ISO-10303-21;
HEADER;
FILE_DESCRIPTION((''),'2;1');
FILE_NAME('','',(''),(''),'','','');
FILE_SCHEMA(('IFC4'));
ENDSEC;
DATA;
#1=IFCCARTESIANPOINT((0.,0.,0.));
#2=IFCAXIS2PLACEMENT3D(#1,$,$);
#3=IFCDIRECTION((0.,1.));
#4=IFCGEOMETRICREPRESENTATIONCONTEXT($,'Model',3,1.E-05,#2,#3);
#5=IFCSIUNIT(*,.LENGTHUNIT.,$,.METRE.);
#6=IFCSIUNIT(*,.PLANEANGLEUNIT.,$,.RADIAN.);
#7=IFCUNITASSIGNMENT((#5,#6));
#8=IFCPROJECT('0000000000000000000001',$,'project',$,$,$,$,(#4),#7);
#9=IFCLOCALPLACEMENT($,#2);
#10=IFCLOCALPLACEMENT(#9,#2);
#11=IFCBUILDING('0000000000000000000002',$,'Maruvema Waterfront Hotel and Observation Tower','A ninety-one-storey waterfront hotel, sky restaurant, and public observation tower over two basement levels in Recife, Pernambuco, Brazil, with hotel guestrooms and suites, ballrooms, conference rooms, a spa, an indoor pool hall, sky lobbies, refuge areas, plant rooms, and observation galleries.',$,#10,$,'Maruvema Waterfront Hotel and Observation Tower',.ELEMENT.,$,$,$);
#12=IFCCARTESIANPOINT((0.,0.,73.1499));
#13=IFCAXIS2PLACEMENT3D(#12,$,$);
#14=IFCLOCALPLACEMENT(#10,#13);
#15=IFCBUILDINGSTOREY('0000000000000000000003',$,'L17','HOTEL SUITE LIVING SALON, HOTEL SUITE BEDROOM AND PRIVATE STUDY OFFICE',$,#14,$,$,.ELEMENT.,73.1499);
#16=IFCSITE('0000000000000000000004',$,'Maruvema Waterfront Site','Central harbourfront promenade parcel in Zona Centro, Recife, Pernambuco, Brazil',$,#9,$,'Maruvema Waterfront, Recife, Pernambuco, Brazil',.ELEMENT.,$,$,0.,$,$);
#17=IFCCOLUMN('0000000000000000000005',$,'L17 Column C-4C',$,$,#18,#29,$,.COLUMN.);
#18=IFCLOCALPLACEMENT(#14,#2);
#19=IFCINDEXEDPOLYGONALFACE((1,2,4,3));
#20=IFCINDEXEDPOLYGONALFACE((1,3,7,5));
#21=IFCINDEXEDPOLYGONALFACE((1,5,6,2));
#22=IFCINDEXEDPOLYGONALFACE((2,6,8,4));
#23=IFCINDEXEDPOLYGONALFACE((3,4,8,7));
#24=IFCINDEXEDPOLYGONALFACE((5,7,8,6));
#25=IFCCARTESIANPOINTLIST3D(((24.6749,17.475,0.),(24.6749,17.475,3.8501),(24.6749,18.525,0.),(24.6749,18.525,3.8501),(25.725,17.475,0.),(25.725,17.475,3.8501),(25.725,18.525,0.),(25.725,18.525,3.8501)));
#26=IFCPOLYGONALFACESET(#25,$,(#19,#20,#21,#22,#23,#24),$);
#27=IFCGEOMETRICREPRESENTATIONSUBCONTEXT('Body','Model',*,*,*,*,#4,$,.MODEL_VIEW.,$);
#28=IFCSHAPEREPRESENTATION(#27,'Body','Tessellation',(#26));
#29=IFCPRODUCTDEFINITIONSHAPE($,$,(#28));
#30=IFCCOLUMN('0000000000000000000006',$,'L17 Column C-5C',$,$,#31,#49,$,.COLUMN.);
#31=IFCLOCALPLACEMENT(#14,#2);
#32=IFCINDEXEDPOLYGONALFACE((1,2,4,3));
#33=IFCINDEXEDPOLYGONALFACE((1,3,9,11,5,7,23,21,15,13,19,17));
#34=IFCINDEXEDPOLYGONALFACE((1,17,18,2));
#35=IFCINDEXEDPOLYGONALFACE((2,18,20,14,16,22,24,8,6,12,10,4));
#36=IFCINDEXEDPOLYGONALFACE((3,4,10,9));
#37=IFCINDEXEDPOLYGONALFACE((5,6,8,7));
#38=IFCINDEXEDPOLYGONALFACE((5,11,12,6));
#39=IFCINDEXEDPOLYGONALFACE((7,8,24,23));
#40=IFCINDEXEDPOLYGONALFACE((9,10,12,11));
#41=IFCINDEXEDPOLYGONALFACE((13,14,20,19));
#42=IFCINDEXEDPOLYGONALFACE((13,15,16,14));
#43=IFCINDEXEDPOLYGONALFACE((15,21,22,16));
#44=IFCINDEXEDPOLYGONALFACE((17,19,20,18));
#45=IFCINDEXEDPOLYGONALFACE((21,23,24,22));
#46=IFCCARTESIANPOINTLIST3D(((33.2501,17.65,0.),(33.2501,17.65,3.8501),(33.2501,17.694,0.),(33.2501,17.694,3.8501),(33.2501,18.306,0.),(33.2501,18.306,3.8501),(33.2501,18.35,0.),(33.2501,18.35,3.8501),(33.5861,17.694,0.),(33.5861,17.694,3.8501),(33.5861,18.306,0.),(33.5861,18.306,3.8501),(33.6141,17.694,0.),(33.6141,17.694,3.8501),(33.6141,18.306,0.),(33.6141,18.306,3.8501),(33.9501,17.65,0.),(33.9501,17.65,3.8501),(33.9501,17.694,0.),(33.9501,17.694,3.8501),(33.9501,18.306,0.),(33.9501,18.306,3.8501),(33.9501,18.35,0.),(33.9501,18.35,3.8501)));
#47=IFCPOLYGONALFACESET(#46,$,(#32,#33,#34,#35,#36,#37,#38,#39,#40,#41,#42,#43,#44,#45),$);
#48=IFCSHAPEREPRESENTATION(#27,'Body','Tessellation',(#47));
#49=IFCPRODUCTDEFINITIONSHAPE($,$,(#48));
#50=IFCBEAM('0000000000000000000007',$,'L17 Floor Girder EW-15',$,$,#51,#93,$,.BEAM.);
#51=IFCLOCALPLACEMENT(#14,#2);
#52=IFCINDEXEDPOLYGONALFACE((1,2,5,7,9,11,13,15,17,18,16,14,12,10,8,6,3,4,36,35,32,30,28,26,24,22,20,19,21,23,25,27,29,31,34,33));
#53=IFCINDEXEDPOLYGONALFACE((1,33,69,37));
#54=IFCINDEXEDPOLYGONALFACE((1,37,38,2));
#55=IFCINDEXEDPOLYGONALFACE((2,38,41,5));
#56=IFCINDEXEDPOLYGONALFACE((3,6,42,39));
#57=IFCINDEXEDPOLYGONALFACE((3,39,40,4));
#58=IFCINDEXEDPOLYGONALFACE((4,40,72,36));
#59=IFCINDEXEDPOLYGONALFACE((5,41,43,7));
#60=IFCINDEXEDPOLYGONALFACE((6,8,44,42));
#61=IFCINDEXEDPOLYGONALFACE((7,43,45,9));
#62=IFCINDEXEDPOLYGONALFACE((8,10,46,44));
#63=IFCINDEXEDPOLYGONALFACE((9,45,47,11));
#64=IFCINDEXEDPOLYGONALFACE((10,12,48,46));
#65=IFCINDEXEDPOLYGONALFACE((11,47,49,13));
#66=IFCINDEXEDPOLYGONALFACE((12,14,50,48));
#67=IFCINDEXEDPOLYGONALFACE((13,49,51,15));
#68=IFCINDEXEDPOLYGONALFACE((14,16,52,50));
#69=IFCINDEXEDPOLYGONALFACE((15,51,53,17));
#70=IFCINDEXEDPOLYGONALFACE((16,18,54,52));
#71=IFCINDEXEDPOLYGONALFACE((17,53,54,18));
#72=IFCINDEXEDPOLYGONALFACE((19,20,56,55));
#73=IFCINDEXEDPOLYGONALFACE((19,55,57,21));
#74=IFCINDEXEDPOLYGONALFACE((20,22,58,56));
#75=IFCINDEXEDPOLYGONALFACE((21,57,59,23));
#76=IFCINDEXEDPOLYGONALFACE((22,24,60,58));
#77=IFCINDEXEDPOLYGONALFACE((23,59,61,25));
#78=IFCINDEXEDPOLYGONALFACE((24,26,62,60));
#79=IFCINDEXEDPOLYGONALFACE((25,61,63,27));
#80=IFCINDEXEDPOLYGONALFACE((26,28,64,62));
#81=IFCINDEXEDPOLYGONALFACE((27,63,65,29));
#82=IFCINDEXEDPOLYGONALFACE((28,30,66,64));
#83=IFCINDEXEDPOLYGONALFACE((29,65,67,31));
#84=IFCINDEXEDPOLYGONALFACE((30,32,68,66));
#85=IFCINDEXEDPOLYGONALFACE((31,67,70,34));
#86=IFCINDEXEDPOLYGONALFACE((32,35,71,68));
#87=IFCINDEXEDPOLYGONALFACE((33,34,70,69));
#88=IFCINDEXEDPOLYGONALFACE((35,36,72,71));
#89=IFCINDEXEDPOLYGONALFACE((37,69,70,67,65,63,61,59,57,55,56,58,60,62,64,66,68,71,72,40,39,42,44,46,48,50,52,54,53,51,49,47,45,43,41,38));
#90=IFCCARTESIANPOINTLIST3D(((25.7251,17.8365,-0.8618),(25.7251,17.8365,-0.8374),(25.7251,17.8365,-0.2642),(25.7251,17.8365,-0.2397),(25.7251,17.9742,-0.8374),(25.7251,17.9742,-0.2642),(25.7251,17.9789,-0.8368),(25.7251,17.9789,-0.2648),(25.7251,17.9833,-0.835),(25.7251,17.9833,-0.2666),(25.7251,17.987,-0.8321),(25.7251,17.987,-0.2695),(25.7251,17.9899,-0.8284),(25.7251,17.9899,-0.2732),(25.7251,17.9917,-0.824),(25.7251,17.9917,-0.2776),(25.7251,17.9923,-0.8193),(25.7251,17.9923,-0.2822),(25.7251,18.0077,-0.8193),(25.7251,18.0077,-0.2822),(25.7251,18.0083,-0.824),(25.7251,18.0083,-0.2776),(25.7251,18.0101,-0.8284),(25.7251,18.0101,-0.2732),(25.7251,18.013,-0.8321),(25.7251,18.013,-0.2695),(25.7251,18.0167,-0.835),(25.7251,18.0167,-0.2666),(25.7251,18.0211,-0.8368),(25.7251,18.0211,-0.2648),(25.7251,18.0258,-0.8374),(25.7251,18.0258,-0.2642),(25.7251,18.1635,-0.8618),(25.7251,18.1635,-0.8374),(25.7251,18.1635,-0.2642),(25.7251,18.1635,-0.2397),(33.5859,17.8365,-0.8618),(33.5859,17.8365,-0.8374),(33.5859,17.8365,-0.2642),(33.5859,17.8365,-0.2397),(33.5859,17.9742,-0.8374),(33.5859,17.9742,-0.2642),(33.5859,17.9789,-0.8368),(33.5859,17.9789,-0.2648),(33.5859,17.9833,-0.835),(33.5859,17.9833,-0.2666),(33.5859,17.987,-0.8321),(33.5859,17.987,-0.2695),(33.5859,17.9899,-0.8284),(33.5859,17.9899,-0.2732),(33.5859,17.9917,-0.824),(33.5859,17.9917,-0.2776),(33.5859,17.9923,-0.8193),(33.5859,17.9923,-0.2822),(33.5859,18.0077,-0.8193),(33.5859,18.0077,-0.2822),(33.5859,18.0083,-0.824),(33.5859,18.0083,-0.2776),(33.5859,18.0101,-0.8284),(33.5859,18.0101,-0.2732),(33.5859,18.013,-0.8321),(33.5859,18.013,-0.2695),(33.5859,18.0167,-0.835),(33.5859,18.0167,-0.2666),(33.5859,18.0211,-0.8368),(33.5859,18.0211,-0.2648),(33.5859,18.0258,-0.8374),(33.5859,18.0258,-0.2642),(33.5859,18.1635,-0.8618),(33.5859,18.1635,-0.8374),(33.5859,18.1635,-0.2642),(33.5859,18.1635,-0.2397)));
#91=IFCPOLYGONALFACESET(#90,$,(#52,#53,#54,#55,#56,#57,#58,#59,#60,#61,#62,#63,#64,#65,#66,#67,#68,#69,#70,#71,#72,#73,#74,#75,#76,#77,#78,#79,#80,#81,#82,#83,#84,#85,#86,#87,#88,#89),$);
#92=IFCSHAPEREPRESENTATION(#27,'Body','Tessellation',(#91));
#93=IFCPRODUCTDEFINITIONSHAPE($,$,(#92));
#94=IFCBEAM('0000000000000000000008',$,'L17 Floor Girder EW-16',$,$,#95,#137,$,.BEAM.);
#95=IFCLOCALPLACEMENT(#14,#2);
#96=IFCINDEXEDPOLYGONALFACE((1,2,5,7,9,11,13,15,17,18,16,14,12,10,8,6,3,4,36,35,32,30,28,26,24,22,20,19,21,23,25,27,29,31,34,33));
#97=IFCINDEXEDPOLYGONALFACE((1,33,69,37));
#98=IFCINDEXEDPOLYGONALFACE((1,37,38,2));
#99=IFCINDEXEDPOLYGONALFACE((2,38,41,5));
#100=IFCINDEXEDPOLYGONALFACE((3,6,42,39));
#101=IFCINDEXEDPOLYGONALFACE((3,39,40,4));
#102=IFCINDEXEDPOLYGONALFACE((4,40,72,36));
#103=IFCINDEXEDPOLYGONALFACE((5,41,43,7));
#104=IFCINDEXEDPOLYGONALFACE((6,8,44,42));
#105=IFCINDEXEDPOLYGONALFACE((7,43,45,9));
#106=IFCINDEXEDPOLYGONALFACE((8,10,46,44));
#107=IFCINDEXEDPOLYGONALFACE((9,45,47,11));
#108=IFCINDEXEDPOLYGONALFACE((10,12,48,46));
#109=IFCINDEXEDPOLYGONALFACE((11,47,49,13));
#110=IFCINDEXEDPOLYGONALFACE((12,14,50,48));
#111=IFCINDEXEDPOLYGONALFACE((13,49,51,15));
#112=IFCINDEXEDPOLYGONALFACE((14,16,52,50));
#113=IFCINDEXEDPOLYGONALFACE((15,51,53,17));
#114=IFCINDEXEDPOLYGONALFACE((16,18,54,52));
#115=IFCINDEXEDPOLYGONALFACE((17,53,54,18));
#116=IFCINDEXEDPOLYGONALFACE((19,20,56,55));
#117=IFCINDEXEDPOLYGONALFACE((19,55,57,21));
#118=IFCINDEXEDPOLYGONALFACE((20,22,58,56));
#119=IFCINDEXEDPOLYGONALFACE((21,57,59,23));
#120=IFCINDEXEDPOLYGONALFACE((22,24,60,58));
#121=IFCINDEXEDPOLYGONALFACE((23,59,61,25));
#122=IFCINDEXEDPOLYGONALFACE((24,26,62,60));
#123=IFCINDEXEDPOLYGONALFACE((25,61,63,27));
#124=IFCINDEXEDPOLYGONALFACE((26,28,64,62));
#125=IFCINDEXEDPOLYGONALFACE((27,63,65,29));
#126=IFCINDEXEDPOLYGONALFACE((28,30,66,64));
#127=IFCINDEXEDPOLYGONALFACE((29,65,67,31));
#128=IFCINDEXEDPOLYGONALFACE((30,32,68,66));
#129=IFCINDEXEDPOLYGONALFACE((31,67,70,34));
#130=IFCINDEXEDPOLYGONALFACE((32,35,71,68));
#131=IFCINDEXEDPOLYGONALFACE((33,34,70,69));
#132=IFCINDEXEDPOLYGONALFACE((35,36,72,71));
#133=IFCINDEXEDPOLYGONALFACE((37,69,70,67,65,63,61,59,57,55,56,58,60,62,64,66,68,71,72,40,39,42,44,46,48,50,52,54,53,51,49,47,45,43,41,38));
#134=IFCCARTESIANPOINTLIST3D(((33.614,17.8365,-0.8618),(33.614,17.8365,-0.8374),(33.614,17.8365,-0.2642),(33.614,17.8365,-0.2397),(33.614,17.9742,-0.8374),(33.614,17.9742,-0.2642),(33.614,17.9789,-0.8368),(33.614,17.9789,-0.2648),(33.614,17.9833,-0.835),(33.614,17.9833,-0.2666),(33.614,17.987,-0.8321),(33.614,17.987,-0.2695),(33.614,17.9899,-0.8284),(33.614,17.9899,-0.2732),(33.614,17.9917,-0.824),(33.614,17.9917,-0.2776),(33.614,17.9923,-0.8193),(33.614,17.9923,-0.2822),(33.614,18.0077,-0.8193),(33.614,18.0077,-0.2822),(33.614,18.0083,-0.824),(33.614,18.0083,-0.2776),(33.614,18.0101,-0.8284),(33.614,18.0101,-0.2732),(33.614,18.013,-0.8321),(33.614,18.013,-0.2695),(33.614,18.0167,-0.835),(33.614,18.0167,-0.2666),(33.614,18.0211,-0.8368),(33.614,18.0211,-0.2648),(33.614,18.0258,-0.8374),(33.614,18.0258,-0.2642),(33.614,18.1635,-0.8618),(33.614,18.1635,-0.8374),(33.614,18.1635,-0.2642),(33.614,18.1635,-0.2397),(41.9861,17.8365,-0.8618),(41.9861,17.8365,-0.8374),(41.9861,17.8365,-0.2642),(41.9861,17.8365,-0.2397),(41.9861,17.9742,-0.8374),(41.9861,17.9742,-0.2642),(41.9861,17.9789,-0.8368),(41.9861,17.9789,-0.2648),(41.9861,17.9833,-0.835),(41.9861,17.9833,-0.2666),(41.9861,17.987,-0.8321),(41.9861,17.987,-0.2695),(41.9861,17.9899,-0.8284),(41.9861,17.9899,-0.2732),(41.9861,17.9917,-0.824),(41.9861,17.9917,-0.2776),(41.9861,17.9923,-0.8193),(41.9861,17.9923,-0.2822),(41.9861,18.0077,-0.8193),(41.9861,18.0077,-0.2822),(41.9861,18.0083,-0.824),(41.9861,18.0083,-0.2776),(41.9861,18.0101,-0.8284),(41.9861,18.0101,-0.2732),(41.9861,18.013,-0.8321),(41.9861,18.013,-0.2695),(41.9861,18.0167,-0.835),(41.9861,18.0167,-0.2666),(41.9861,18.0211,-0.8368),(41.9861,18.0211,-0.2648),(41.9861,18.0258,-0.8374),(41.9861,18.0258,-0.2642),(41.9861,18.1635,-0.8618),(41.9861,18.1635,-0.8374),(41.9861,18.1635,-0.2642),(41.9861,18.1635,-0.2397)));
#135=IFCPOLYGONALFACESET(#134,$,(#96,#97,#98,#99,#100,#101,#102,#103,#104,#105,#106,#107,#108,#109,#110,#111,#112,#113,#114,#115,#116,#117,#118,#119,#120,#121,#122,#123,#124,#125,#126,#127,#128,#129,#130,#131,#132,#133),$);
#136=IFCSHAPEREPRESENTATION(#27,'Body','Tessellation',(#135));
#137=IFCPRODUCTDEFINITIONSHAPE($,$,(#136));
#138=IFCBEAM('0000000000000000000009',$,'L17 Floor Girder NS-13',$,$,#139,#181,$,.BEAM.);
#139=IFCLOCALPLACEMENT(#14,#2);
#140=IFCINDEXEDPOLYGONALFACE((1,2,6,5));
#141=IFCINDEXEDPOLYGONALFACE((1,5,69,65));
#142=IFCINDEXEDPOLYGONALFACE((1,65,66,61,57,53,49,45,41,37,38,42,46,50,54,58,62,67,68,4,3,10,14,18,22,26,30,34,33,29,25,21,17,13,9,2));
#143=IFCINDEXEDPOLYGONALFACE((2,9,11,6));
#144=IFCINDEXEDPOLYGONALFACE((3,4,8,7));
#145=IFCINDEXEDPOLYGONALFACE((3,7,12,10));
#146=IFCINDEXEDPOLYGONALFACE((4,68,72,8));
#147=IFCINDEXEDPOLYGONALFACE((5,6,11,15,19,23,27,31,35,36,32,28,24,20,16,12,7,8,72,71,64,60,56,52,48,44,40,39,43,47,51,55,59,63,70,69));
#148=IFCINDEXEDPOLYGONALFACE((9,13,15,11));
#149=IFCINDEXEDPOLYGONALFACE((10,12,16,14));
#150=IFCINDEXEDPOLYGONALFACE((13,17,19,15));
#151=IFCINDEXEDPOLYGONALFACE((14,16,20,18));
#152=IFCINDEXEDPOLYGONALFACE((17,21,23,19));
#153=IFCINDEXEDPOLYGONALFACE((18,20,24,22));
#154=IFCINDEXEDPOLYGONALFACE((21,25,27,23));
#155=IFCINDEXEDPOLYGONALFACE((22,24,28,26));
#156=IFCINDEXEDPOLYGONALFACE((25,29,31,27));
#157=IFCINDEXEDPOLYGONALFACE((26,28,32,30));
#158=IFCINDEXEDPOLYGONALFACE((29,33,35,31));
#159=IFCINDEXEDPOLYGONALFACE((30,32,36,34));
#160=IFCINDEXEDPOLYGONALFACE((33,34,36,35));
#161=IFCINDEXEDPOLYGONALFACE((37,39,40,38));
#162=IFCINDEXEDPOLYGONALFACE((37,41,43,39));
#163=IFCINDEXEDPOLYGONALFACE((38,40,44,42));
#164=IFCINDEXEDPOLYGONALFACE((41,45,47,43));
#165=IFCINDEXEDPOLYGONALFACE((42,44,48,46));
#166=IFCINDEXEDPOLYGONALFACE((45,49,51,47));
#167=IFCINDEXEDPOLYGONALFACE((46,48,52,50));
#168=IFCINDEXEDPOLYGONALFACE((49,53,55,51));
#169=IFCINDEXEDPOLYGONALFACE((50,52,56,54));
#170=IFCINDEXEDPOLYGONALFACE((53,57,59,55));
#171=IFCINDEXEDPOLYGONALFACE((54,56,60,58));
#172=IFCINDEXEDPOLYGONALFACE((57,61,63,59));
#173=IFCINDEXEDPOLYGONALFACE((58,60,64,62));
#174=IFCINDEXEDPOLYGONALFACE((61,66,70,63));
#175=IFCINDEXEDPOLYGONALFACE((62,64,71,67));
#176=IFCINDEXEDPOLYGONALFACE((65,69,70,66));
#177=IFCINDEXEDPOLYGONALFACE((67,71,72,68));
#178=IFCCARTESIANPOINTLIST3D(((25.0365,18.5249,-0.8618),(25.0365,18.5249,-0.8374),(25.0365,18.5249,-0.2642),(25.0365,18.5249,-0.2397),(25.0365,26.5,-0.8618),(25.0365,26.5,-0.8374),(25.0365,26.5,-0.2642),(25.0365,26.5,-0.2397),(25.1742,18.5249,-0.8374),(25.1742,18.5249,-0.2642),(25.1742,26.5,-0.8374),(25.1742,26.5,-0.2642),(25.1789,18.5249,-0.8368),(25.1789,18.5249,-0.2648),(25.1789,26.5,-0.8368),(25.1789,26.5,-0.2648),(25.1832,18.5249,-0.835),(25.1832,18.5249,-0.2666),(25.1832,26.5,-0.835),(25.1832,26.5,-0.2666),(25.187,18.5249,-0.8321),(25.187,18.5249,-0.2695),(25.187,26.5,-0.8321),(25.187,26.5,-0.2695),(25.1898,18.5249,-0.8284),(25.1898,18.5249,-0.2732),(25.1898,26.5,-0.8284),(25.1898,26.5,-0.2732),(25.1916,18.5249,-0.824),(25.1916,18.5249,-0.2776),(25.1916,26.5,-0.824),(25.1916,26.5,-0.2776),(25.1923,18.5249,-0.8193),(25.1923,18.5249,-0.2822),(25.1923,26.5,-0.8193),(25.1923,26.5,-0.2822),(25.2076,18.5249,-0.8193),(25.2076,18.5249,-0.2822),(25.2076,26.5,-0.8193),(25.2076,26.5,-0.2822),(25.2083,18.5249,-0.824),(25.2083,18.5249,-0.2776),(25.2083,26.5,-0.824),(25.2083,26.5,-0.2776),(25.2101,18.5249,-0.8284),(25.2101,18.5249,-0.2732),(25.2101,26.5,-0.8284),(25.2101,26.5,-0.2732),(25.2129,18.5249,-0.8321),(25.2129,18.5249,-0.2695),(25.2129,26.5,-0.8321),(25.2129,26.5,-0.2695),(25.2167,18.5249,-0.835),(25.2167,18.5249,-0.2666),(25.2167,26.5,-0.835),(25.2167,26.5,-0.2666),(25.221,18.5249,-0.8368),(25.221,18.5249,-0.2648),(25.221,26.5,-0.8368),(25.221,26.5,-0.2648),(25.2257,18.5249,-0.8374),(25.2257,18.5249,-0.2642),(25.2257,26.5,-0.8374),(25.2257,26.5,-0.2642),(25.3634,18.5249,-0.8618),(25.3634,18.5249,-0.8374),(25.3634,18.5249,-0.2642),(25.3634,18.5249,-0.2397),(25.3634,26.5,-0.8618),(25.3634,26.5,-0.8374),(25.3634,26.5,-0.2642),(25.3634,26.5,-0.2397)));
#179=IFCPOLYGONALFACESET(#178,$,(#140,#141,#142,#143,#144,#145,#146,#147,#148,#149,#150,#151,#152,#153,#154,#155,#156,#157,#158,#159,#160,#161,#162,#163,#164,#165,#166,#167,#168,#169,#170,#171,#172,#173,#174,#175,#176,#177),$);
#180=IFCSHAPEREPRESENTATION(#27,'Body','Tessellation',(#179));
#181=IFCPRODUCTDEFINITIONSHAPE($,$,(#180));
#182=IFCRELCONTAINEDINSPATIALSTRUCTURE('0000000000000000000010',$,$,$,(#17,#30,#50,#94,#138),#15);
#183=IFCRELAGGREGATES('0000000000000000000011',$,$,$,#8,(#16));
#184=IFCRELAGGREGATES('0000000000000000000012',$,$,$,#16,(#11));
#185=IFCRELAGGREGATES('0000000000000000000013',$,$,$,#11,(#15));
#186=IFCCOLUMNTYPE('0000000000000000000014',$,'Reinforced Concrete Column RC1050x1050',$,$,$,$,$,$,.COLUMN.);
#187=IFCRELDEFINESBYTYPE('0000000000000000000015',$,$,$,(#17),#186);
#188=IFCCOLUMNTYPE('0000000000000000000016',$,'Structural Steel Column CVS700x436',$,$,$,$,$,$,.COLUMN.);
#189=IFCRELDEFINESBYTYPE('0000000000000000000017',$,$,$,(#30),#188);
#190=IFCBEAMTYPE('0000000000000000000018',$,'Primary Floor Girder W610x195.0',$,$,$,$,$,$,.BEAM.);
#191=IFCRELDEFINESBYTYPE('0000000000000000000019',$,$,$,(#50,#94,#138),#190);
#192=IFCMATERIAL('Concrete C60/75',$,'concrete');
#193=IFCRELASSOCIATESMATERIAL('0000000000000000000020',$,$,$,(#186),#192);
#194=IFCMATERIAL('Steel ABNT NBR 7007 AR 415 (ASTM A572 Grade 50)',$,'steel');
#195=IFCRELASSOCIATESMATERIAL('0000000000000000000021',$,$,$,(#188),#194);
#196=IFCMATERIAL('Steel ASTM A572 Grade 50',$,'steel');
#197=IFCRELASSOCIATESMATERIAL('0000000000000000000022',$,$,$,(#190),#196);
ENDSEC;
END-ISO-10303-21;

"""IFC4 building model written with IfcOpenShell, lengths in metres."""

from ifc_helpers import new_model, si_unit, direction, frame, origin, origin_2d, place, context, subcontext, project, spatial, rectangle, i_section, extrude, material, material_profile, profile_set, type_object, element, save


model = new_model("IFC4")

# Units and contexts
model_context = context("Model", 3, precision=1e-05, world=origin(), true_north=direction((0.0, 1.0)))
body_context = subcontext(model_context, "Body", "Model", "MODEL_VIEW")
ifc_project = project(units=[si_unit("LENGTHUNIT", "METRE"), si_unit("PLANEANGLEUNIT", "RADIAN")], contexts=[model_context])

# Site, building, storey
site_placement = place(None, origin())
site = spatial("IfcSite", under=ifc_project, at=site_placement, Name="Maruvema Waterfront Site", Description="Central harbourfront promenade parcel in Zona Centro, Recife, Pernambuco, Brazil", LongName="Maruvema Waterfront, Recife, Pernambuco, Brazil", CompositionType="ELEMENT", RefElevation=0.0)
building_placement = place(site_placement, origin())
building = spatial("IfcBuilding", under=site, at=building_placement, Name="Maruvema Waterfront Hotel and Observation Tower", Description="A ninety-one-storey waterfront hotel, sky restaurant, and public observation tower over two basement levels in Recife, Pernambuco, Brazil, with hotel guestrooms and suites, ballrooms, conference rooms, a spa, an indoor pool hall, sky lobbies, refuge areas, plant rooms, and observation galleries.", LongName="Maruvema Waterfront Hotel and Observation Tower", CompositionType="ELEMENT")
storey_placement = place(building_placement, frame((0.0, 0.0, 73.1499)))
storey = spatial("IfcBuildingStorey", under=building, at=storey_placement, Name="L17", Description="HOTEL SUITE LIVING SALON, HOTEL SUITE BEDROOM AND PRIVATE STUDY OFFICE", CompositionType="ELEMENT", Elevation=73.1499)

# Columns
ifc_material_1 = material(Name="Concrete C60/75", Category="concrete")
ifc_material_profile_1 = material_profile(ifc_material_1, rectangle(XDim=1.05, YDim=1.05, at=origin_2d()), Name="RC1050x1050")
ifc_profile_set_1 = profile_set([ifc_material_profile_1], Name="Concrete C60/75")
column_type_1 = type_object("IfcColumnType", Name="Reinforced Concrete Column RC1050x1050", PredefinedType="COLUMN", material=ifc_profile_set_1)
column_1_placement = place(storey_placement, frame((25.2, 18.0, 0.0), z_axis=(0.0, 0.0, 1.0), x_axis=(1.0, 0.0, 0.0)))
element("IfcColumn", 1, at=column_1_placement, inside=storey, type_object=column_type_1, Name="L17 Column C-4C", PredefinedType="COLUMN", context=body_context, shape_type="SweptSolid", body=[
    extrude(rectangle(XDim=1.05, YDim=1.05, at=origin_2d()), origin(), (0.0, 0.0, 1.0), 3.8501),
])
ifc_material_2 = material(Name="Steel ABNT NBR 7007 AR 415 (ASTM A572 Grade 50)", Category="steel")
ifc_material_profile_2 = material_profile(ifc_material_2, i_section(OverallWidth=0.7, OverallDepth=0.7, WebThickness=0.0281, FlangeThickness=0.0439, at=origin_2d()), Name="CVS700x436")
ifc_profile_set_2 = profile_set([ifc_material_profile_2], Name="Steel ABNT NBR 7007 AR 415 (ASTM A572 Grade 50)")
column_type_2 = type_object("IfcColumnType", Name="Structural Steel Column CVS700x436", PredefinedType="COLUMN", material=ifc_profile_set_2)
column_2_placement = place(storey_placement, frame((33.6001, 18.0, 0.0), z_axis=(0.0, 0.0, 1.0), x_axis=(1.0, 0.0, 0.0)))
element("IfcColumn", 2, at=column_2_placement, inside=storey, type_object=column_type_2, Name="L17 Column C-5C", PredefinedType="COLUMN", context=body_context, shape_type="SweptSolid", body=[
    extrude(i_section(OverallWidth=0.7, OverallDepth=0.7, WebThickness=0.0281, FlangeThickness=0.0439, at=origin_2d()), origin(), (0.0, 0.0, 1.0), 3.8501),
])

# Beams
ifc_material_3 = material(Name="Steel ASTM A572 Grade 50", Category="steel")
ifc_material_profile_3 = material_profile(ifc_material_3, i_section(OverallWidth=0.3269, OverallDepth=0.6221, WebThickness=0.0154, FlangeThickness=0.0244, FilletRadius=0.0181, at=origin_2d()), Name="W610x195.0")
ifc_profile_set_3 = profile_set([ifc_material_profile_3], Name="Steel ASTM A572 Grade 50")
beam_type_1 = type_object("IfcBeamType", Name="Primary Floor Girder W610x195.0", PredefinedType="BEAM", material=ifc_profile_set_3)
beam_1_placement = place(storey_placement, frame((25.7251, 18.0, -0.5508), z_axis=(1.0, 0.0, 0.0), x_axis=(0.0, 1.0, 0.0)))
element("IfcBeam", 3, at=beam_1_placement, inside=storey, type_object=beam_type_1, Name="L17 Floor Girder EW-15", PredefinedType="BEAM", context=body_context, shape_type="SweptSolid", body=[
    extrude(i_section(OverallWidth=0.3269, OverallDepth=0.6221, WebThickness=0.0154, FlangeThickness=0.0244, FilletRadius=0.0181, at=origin_2d()), origin(), (0.0, 0.0, 1.0), 7.8608),
])
beam_2_placement = place(storey_placement, frame((33.614, 18.0, -0.5508), z_axis=(1.0, 0.0, 0.0), x_axis=(0.0, 1.0, 0.0)))
element("IfcBeam", 4, at=beam_2_placement, inside=storey, type_object=beam_type_1, Name="L17 Floor Girder EW-16", PredefinedType="BEAM", context=body_context, shape_type="SweptSolid", body=[
    extrude(i_section(OverallWidth=0.3269, OverallDepth=0.6221, WebThickness=0.0154, FlangeThickness=0.0244, FilletRadius=0.0181, at=origin_2d()), origin(), (0.0, 0.0, 1.0), 8.3721),
])
beam_3_placement = place(storey_placement, frame((25.2, 18.5249, -0.5508), z_axis=(0.0, 1.0, 0.0), x_axis=(-1.0, 0.0, 0.0)))
element("IfcBeam", 5, at=beam_3_placement, inside=storey, type_object=beam_type_1, Name="L17 Floor Girder NS-13", PredefinedType="BEAM", context=body_context, shape_type="SweptSolid", body=[
    extrude(i_section(OverallWidth=0.3269, OverallDepth=0.6221, WebThickness=0.0154, FlangeThickness=0.0244, FilletRadius=0.0181, at=origin_2d()), origin(), (0.0, 0.0, 1.0), 7.9751),
])

save(model, "model.ifc")
